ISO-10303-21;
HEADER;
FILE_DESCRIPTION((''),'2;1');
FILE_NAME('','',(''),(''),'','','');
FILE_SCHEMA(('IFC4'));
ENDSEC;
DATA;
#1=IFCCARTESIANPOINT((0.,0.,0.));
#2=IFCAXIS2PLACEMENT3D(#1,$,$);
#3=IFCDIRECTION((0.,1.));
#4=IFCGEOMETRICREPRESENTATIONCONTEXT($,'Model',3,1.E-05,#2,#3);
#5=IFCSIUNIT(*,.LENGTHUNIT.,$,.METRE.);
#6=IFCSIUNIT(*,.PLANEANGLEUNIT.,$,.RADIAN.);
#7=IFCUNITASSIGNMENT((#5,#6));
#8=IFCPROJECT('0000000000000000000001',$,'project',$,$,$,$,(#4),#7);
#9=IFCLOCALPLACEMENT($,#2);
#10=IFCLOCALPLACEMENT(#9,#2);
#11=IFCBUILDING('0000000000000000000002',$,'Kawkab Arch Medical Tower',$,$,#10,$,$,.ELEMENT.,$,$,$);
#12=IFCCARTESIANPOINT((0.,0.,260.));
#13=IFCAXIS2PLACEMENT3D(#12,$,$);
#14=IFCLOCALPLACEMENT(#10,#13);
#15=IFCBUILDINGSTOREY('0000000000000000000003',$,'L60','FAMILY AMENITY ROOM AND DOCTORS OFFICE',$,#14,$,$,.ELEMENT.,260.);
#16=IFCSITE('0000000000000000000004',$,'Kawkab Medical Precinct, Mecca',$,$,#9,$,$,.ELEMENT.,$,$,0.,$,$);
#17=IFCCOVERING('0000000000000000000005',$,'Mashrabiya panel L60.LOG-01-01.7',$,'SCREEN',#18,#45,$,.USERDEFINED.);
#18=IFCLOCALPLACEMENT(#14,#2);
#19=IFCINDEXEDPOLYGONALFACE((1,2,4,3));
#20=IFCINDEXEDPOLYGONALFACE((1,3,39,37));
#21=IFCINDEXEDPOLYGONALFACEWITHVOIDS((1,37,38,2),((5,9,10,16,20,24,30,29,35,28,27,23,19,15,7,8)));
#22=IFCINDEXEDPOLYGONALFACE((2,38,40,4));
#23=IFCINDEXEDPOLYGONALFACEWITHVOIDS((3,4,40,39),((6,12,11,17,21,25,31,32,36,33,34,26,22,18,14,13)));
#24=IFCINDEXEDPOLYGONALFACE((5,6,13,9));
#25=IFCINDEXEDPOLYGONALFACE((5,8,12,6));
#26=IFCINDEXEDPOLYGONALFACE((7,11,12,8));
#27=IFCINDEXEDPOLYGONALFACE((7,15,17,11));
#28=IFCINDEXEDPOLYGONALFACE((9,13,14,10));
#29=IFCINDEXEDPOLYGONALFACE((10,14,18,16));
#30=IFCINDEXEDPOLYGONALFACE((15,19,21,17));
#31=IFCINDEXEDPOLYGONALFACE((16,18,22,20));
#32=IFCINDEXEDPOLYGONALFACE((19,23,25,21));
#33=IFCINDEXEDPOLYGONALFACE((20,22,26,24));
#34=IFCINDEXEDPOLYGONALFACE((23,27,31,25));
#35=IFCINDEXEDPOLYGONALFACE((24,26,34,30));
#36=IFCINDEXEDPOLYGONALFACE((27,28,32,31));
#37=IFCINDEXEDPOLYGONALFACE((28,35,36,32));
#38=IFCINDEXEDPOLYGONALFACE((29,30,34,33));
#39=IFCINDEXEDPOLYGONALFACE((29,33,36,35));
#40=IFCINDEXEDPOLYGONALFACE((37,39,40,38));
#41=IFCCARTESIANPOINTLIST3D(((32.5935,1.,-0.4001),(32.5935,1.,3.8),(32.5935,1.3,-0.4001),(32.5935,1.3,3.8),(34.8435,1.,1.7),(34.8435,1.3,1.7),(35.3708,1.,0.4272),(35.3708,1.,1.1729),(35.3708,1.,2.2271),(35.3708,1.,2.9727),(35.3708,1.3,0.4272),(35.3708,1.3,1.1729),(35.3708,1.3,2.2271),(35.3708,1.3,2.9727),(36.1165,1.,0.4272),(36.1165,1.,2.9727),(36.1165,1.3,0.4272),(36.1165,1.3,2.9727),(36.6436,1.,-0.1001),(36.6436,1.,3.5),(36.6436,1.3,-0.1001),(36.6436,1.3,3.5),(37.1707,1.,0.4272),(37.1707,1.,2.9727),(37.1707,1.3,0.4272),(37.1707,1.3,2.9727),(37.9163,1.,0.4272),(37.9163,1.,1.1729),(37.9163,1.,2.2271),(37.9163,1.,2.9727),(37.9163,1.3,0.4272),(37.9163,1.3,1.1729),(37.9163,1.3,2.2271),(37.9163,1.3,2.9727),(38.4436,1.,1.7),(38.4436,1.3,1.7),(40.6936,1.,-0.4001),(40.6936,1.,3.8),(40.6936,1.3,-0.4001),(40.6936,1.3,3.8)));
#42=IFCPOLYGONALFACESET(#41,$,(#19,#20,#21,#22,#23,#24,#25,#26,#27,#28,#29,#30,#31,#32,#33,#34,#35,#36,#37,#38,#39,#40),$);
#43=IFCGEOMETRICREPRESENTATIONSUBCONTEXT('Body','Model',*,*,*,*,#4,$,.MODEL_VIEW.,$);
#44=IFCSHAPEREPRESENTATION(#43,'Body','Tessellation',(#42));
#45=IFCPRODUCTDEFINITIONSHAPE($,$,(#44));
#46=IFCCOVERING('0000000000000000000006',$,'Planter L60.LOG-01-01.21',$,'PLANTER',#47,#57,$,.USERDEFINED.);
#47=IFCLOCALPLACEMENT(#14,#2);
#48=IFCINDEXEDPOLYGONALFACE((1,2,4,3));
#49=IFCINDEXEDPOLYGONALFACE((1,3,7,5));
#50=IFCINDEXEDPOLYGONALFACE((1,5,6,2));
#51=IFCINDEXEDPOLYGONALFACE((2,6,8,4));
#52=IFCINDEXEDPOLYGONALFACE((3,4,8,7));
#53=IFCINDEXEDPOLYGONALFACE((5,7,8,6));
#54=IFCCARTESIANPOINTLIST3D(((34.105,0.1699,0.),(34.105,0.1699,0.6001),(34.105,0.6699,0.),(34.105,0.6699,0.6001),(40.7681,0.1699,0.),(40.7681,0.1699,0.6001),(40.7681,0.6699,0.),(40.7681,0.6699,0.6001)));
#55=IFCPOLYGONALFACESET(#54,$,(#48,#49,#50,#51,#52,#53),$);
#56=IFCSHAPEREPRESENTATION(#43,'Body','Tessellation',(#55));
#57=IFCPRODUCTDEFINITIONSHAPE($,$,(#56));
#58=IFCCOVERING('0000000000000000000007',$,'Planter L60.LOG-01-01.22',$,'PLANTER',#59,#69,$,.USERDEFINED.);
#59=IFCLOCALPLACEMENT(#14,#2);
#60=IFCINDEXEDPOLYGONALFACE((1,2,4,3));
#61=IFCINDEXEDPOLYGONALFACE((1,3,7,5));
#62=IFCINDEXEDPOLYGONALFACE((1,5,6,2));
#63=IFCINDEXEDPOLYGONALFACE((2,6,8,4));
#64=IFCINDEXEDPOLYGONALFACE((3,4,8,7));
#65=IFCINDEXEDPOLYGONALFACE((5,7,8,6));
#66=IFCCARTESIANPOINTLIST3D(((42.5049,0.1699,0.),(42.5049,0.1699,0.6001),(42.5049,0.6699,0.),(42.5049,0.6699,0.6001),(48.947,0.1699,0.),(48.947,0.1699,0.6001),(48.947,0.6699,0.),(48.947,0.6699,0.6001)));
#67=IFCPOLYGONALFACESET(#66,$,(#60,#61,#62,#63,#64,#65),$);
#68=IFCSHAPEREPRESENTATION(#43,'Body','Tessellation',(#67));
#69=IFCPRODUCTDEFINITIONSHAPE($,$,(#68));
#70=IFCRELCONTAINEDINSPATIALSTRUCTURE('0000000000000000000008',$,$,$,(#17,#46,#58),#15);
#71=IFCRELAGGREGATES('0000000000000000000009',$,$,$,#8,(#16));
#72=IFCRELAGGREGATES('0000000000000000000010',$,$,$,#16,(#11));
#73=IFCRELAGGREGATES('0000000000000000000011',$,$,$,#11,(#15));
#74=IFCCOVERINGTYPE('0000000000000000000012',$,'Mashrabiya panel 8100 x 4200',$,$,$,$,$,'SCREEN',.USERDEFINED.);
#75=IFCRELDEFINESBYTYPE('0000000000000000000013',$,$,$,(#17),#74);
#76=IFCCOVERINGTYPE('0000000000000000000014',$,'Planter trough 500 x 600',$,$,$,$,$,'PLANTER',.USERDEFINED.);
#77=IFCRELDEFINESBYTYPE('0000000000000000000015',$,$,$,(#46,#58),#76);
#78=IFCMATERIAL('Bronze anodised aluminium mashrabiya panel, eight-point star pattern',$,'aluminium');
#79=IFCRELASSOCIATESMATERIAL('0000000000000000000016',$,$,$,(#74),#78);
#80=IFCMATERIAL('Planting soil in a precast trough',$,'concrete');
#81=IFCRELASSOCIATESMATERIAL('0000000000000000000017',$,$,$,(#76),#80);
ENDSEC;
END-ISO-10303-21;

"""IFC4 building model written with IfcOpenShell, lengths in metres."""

from ifc_helpers import new_model, si_unit, direction, frame, origin, origin_2d, place, context, subcontext, project, spatial, polyline, rectangle, outline, extrude, material, material_profile, profile_set, type_object, element, save


model = new_model("IFC4")

# Units and contexts
model_context = context("Model", 3, precision=1e-05, world=origin(), true_north=direction((0.0, 1.0)))
body_context = subcontext(model_context, "Body", "Model", "MODEL_VIEW")
ifc_project = project(units=[si_unit("LENGTHUNIT", "METRE"), si_unit("PLANEANGLEUNIT", "RADIAN")], contexts=[model_context])

# Site, building, storey
site_placement = place(None, origin())
site = spatial("IfcSite", under=ifc_project, at=site_placement, Name="Kawkab Medical Precinct, Mecca", CompositionType="ELEMENT", RefElevation=0.0)
building_placement = place(site_placement, origin())
building = spatial("IfcBuilding", under=site, at=building_placement, Name="Kawkab Arch Medical Tower", CompositionType="ELEMENT")
storey_placement = place(building_placement, frame((0.0, 0.0, 260.0)))
storey = spatial("IfcBuildingStorey", under=building, at=storey_placement, Name="L60", Description="FAMILY AMENITY ROOM AND DOCTORS OFFICE", CompositionType="ELEMENT", Elevation=260.0)

# Coverings
ifc_material_1 = material(Name="Bronze anodised aluminium mashrabiya panel, eight-point star pattern", Category="aluminium")
ifc_material_profile_1 = material_profile(ifc_material_1, outline(polyline([(-4.05, -2.1001), (4.05, -2.1001), (4.05, 2.1001), (-4.05, 2.1001), (-4.05, -2.1001)]), holes=[polyline([(1.8, 0.0), (1.2727, 0.5271), (1.2727, 1.2727), (0.5271, 1.2727), (0.0, 1.8), (-0.5271, 1.2727), (-1.2727, 1.2727), (-1.2727, 0.5271), (-1.8, 0.0), (-1.2727, -0.5271), (-1.2727, -1.2727), (-0.5271, -1.2727), (0.0, -1.8), (0.5271, -1.2727), (1.2727, -1.2727), (1.2727, -0.5271), (1.8, 0.0)])]), Name="Mashrabiya panel 8100x4200")
ifc_profile_set_1 = profile_set([ifc_material_profile_1], Name="Bronze anodised aluminium mashrabiya panel, eight-point star pattern")
covering_type_1 = type_object("IfcCoveringType", Name="Mashrabiya panel 8100 x 4200", ElementType="SCREEN", PredefinedType="USERDEFINED", material=ifc_profile_set_1)
covering_1_placement = place(storey_placement, frame((36.6436, 1.0, 1.7), z_axis=(0.0, 1.0, 0.0), x_axis=(-1.0, 0.0, 0.0)))
element("IfcCovering", 1, at=covering_1_placement, inside=storey, type_object=covering_type_1, Name="Mashrabiya panel L60.LOG-01-01.7", ObjectType="SCREEN", PredefinedType="USERDEFINED", context=body_context, shape_type="SweptSolid", body=[
    extrude(outline(polyline([(-4.05, -2.1001), (4.05, -2.1001), (4.05, 2.1001), (-4.05, 2.1001), (-4.05, -2.1001)]), holes=[polyline([(1.8, 0.0), (1.2727, 0.5271), (1.2727, 1.2727), (0.5271, 1.2727), (0.0, 1.8), (-0.5271, 1.2727), (-1.2727, 1.2727), (-1.2727, 0.5271), (-1.8, 0.0), (-1.2727, -0.5271), (-1.2727, -1.2727), (-0.5271, -1.2727), (0.0, -1.8), (0.5271, -1.2727), (1.2727, -1.2727), (1.2727, -0.5271), (1.8, 0.0)])]), origin(), (0.0, 0.0, 1.0), 0.3),
])
ifc_material_2 = material(Name="Planting soil in a precast trough", Category="concrete")
ifc_material_profile_2 = material_profile(ifc_material_2, rectangle(XDim=0.5, YDim=0.6001, at=origin_2d()), Name="Trough 500x600")
ifc_profile_set_2 = profile_set([ifc_material_profile_2], Name="Planting soil in a precast trough")
covering_type_2 = type_object("IfcCoveringType", Name="Planter trough 500 x 600", ElementType="PLANTER", PredefinedType="USERDEFINED", material=ifc_profile_set_2)
covering_2_placement = place(storey_placement, frame((34.105, 0.4199, 0.3), z_axis=(1.0, 0.0, 0.0), x_axis=(0.0, 1.0, 0.0)))
element("IfcCovering", 2, at=covering_2_placement, inside=storey, type_object=covering_type_2, Name="Planter L60.LOG-01-01.21", ObjectType="PLANTER", PredefinedType="USERDEFINED", context=body_context, shape_type="SweptSolid", body=[
    extrude(rectangle(XDim=0.5, YDim=0.6001, at=origin_2d()), origin(), (0.0, 0.0, 1.0), 6.6631),
])
covering_3_placement = place(storey_placement, frame((42.5049, 0.4199, 0.3), z_axis=(1.0, 0.0, 0.0), x_axis=(0.0, 1.0, 0.0)))
element("IfcCovering", 3, at=covering_3_placement, inside=storey, type_object=covering_type_2, Name="Planter L60.LOG-01-01.22", ObjectType="PLANTER", PredefinedType="USERDEFINED", context=body_context, shape_type="SweptSolid", body=[
    extrude(rectangle(XDim=0.5, YDim=0.6001, at=origin_2d()), origin(), (0.0, 0.0, 1.0), 6.4421),
])

save(model, "model.ifc")
